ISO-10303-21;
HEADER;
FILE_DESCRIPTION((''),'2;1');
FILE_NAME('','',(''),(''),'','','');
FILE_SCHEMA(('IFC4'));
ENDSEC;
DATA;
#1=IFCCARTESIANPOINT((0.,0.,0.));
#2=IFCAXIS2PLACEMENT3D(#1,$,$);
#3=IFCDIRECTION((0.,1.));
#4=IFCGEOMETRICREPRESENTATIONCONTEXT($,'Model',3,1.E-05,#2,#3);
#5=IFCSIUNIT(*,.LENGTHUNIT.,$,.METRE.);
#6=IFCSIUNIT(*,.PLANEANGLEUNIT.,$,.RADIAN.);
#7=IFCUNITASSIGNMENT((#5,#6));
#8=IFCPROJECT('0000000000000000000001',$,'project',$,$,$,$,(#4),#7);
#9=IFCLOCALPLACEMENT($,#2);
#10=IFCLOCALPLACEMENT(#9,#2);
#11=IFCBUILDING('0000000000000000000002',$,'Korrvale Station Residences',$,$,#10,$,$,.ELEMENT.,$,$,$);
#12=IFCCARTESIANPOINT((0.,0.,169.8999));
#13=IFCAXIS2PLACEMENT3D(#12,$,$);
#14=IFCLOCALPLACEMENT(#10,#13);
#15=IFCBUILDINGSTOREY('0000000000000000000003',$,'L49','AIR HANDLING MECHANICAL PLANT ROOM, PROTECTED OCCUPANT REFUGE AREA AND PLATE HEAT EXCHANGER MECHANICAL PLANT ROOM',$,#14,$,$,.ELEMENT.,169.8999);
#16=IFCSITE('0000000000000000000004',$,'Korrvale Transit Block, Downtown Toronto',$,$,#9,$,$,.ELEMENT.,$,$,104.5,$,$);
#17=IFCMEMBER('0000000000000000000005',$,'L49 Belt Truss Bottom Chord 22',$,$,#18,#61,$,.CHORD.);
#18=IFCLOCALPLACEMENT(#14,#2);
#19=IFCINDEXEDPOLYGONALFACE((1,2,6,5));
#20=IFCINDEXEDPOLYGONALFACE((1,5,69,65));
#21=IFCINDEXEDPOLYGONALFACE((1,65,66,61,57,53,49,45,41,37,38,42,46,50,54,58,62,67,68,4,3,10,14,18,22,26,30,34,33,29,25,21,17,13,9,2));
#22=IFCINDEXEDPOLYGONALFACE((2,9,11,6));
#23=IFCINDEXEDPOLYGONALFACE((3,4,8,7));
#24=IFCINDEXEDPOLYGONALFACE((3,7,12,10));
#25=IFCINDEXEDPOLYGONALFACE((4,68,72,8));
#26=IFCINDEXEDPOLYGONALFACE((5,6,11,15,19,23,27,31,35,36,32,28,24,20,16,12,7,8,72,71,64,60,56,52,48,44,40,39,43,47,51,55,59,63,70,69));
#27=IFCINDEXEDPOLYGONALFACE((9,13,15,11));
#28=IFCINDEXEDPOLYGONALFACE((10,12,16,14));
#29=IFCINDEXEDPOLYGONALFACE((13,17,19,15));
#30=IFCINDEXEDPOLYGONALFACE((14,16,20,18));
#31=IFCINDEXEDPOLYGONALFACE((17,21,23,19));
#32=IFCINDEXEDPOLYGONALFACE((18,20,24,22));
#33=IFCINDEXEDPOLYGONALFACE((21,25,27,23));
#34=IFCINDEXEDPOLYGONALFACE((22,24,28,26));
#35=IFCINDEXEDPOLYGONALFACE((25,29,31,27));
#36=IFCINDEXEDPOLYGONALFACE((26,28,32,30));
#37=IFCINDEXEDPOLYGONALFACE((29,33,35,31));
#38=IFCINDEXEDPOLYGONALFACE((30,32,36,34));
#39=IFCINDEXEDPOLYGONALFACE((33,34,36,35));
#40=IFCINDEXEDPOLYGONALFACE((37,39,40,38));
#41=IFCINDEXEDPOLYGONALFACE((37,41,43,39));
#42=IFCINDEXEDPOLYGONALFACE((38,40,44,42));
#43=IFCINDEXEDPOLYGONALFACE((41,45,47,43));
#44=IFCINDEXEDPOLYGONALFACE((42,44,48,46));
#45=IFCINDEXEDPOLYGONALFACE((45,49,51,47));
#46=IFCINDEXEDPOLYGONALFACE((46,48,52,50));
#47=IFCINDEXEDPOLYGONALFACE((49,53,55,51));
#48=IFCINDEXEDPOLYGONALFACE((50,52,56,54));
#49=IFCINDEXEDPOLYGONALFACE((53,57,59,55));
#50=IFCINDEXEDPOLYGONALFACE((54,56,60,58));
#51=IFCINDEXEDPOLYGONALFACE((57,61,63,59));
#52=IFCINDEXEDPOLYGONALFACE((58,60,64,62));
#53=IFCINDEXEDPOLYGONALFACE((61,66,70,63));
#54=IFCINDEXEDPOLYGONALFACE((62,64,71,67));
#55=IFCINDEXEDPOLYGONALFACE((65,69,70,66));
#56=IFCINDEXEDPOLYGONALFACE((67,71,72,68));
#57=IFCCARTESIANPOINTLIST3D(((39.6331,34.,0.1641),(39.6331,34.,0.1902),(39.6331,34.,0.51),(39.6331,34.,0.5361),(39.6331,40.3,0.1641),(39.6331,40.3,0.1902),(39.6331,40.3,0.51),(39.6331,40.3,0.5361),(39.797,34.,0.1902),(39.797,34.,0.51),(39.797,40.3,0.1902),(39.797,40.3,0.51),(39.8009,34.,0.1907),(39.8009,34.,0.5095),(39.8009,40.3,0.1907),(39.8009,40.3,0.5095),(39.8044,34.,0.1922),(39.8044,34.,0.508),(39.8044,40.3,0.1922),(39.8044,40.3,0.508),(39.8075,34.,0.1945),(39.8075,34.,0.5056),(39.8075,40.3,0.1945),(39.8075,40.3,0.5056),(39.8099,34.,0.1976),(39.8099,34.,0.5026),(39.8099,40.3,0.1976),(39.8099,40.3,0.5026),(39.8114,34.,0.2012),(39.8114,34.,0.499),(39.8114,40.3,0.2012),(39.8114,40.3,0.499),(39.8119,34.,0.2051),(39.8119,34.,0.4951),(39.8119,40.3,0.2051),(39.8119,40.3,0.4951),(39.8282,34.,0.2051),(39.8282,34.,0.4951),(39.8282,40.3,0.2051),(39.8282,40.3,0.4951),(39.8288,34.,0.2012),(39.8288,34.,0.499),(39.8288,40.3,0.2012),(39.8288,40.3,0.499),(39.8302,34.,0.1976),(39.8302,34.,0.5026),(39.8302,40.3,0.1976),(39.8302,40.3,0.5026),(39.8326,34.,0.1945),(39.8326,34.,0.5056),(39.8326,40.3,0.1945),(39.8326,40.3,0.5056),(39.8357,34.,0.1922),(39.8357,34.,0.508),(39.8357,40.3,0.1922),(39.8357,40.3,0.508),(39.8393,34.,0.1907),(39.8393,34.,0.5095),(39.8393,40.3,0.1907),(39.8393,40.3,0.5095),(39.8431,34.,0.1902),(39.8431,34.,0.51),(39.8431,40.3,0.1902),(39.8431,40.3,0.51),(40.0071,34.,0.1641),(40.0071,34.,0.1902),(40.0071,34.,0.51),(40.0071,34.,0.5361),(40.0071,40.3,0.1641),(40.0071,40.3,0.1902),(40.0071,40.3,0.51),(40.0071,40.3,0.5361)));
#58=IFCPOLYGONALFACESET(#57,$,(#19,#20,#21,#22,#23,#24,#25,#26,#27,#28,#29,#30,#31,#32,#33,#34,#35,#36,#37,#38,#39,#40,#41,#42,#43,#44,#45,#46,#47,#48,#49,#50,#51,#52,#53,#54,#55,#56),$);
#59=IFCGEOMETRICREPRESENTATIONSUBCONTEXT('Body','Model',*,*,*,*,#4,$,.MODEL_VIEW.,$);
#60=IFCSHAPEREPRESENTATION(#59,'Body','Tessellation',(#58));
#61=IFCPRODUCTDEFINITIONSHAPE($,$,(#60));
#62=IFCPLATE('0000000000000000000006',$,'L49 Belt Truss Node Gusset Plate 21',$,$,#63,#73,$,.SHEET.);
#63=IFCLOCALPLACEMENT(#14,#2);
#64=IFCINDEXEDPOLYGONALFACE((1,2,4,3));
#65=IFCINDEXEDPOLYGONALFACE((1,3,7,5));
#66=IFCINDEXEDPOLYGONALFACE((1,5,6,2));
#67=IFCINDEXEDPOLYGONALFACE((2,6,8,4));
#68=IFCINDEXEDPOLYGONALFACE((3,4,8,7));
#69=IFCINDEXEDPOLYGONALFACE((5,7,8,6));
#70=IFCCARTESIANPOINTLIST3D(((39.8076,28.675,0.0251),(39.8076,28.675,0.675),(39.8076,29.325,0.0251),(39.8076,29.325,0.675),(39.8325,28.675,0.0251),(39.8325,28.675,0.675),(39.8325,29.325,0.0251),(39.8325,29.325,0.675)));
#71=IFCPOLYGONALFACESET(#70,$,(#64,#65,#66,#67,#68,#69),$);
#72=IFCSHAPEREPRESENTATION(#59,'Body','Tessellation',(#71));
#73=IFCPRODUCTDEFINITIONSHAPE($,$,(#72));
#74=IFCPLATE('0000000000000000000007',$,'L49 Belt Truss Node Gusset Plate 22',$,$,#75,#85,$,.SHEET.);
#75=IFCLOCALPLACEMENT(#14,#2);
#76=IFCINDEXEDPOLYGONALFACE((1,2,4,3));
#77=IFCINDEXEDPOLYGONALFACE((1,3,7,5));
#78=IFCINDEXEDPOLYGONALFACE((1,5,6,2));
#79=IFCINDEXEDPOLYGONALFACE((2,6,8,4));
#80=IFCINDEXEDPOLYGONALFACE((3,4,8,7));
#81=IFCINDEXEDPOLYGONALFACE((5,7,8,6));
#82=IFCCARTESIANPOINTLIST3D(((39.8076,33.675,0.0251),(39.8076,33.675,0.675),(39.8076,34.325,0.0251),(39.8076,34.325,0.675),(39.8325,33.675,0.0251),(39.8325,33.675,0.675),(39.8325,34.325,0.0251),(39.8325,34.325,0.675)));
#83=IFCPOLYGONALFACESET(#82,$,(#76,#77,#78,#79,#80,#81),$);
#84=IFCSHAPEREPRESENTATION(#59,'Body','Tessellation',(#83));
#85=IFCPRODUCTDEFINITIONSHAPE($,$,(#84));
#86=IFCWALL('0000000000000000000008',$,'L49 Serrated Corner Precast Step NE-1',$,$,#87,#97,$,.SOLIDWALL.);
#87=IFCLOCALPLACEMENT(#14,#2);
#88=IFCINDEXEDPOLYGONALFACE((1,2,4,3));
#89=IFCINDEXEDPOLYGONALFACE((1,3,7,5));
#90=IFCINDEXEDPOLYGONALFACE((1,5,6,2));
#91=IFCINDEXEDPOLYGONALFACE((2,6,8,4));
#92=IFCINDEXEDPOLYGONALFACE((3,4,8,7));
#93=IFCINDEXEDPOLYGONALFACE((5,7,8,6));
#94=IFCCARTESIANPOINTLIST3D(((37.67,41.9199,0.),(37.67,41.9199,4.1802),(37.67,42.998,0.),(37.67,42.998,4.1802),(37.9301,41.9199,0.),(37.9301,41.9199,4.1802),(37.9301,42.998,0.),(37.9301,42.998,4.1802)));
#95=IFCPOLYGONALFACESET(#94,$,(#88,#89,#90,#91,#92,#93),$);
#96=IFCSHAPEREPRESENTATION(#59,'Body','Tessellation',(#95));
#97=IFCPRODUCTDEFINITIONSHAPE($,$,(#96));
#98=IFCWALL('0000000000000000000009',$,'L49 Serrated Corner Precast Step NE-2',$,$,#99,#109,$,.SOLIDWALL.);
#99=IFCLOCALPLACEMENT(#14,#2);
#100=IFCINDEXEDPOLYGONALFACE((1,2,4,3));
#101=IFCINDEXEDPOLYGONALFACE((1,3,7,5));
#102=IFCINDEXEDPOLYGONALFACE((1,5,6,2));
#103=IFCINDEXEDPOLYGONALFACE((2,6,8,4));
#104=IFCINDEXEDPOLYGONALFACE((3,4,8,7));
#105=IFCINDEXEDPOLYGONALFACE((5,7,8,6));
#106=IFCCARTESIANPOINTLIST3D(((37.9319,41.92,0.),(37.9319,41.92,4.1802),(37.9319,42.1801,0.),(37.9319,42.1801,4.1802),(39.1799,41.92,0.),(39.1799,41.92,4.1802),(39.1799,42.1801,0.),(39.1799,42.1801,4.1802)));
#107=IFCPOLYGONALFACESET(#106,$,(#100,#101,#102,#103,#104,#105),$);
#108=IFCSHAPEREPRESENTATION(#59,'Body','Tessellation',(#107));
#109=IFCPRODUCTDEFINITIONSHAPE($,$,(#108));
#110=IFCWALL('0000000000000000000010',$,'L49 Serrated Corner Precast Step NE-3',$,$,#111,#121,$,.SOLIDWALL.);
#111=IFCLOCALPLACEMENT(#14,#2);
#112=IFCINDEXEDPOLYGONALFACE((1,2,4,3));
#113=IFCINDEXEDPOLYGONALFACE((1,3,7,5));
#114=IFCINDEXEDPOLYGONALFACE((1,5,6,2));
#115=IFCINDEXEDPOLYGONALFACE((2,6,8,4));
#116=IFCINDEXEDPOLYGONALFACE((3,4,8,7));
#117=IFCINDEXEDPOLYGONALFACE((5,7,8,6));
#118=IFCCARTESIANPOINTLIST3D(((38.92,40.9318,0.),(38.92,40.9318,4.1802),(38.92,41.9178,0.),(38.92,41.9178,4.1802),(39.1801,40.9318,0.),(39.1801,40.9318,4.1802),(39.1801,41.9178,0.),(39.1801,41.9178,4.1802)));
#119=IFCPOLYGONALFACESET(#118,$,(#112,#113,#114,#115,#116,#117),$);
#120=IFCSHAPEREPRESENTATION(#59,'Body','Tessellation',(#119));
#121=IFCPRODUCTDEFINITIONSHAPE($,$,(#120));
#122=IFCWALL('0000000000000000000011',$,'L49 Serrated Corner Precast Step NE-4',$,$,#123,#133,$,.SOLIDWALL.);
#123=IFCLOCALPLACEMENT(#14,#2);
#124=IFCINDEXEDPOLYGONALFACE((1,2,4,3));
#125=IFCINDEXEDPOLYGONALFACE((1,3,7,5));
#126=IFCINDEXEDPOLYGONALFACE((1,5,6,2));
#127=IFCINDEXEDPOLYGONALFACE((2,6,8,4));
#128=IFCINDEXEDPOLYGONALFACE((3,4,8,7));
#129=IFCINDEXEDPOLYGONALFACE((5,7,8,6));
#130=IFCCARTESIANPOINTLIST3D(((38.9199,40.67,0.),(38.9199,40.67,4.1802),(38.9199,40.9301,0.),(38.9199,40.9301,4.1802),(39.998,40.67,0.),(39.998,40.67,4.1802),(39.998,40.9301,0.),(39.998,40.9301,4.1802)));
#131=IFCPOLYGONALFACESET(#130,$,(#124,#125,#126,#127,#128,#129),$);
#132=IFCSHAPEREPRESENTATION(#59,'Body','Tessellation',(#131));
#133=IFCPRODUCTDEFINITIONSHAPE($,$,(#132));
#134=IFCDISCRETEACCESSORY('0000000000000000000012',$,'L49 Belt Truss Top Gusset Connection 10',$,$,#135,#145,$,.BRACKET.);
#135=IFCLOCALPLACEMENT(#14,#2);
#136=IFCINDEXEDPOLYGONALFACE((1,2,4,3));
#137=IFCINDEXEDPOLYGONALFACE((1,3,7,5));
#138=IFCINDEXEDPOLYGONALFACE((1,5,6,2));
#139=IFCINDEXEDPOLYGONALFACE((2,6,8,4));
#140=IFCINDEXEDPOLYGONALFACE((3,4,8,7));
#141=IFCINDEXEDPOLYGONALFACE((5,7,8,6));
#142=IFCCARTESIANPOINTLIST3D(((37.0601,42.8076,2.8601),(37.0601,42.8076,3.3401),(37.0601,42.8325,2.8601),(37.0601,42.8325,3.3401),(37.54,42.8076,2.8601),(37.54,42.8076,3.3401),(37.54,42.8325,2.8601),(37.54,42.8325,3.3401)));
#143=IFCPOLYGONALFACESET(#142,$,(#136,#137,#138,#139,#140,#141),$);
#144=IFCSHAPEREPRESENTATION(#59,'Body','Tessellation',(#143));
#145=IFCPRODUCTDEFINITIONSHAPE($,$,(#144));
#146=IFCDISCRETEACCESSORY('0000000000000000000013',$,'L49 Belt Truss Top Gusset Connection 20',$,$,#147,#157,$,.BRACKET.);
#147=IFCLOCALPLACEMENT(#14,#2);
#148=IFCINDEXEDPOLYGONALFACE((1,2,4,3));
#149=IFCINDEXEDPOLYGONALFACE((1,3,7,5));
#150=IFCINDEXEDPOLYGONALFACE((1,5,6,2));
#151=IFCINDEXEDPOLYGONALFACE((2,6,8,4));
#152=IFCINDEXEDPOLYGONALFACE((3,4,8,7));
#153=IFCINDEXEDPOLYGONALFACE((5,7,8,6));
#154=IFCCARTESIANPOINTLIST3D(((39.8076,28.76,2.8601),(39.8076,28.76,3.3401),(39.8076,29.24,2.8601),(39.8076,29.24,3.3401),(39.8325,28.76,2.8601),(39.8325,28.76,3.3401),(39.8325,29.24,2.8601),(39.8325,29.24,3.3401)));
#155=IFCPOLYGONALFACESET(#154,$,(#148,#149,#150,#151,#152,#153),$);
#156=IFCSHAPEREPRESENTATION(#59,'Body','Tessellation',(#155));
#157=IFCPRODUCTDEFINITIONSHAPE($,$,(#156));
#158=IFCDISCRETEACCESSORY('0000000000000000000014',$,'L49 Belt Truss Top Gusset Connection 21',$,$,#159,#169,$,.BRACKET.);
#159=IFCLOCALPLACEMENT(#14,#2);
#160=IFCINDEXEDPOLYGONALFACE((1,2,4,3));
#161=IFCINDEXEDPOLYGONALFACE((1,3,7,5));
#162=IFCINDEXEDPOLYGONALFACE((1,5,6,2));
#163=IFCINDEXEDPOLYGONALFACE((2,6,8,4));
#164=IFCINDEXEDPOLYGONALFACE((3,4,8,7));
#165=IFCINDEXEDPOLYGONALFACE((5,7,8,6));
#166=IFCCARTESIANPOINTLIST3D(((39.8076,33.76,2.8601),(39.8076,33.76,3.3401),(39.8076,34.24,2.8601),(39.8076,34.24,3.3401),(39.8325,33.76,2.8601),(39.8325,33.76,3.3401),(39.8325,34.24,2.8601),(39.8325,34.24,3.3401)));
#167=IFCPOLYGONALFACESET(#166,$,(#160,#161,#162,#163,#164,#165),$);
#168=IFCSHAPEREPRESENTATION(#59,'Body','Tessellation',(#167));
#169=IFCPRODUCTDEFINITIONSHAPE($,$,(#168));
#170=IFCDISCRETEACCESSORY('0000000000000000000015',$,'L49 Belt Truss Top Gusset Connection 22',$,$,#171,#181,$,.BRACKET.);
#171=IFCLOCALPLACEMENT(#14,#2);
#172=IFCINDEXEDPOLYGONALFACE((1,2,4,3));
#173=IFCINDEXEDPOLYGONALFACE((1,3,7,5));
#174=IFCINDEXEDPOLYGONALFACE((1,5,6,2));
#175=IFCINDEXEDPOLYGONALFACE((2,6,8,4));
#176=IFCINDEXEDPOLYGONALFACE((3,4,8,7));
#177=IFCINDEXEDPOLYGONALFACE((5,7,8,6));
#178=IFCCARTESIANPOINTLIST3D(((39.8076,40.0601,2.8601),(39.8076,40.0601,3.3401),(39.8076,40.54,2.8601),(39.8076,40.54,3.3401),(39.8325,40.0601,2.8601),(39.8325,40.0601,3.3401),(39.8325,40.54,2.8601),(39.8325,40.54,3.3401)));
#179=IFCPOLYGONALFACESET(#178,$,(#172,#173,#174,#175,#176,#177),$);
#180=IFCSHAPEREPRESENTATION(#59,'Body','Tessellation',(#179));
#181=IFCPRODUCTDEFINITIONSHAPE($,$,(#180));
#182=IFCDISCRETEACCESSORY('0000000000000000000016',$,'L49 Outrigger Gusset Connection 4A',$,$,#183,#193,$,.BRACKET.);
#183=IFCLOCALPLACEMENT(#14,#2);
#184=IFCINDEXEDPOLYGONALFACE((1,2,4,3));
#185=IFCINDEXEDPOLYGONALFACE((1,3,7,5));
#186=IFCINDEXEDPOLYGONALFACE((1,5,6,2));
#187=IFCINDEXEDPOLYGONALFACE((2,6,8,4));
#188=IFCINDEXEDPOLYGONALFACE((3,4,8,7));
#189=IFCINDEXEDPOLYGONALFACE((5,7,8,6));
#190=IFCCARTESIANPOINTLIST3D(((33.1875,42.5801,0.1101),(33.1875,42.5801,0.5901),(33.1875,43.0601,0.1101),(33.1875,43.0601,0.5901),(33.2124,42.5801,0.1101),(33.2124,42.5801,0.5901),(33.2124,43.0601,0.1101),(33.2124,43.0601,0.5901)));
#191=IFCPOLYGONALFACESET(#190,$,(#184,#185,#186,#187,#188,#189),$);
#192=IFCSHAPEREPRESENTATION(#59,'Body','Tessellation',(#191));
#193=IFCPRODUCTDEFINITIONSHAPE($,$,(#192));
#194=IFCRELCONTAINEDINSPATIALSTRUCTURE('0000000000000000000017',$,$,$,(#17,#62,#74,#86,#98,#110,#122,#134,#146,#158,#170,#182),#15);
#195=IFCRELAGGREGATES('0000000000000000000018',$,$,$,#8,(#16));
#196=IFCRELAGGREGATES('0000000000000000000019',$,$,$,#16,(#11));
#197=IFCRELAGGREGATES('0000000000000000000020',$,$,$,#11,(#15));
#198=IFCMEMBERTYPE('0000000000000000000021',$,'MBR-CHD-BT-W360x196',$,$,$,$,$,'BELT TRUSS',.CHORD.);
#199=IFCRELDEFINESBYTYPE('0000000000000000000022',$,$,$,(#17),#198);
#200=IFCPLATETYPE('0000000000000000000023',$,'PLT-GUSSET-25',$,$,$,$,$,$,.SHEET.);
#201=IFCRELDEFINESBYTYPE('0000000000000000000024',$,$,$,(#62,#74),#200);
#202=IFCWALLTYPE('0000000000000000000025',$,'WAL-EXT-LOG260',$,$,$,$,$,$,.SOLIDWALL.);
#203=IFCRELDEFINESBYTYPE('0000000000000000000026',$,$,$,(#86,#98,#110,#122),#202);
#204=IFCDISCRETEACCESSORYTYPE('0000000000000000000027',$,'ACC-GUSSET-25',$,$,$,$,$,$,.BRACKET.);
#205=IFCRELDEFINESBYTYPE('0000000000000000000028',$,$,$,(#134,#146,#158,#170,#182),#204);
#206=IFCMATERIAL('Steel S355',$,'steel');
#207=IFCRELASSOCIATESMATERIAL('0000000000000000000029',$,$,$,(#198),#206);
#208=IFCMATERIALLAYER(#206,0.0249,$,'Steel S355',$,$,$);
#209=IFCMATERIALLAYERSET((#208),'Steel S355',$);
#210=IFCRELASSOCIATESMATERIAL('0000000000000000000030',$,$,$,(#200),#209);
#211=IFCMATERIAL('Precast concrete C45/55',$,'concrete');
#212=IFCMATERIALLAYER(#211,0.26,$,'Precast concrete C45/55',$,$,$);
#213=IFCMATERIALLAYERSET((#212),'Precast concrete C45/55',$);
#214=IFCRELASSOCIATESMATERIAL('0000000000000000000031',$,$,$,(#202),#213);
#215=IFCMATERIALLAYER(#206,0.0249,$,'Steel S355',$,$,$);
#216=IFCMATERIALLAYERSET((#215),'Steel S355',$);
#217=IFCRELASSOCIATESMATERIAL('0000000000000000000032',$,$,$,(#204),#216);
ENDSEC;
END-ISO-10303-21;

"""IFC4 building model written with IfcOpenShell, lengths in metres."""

from ifc_helpers import new_model, si_unit, direction, frame, frame_2d, origin, origin_2d, place, context, subcontext, project, spatial, rectangle, i_section, extrude, material, layer, layer_set, material_profile, profile_set, type_object, element, save


model = new_model("IFC4")

# Units and contexts
model_context = context("Model", 3, precision=1e-05, world=origin(), true_north=direction((0.0, 1.0)))
body_context = subcontext(model_context, "Body", "Model", "MODEL_VIEW")
ifc_project = project(units=[si_unit("LENGTHUNIT", "METRE"), si_unit("PLANEANGLEUNIT", "RADIAN")], contexts=[model_context])

# Site, building, storey
site_placement = place(None, origin())
site = spatial("IfcSite", under=ifc_project, at=site_placement, Name="Korrvale Transit Block, Downtown Toronto", CompositionType="ELEMENT", RefElevation=104.5)
building_placement = place(site_placement, origin())
building = spatial("IfcBuilding", under=site, at=building_placement, Name="Korrvale Station Residences", CompositionType="ELEMENT")
storey_placement = place(building_placement, frame((0.0, 0.0, 169.8999)))
storey = spatial("IfcBuildingStorey", under=building, at=storey_placement, Name="L49", Description="AIR HANDLING MECHANICAL PLANT ROOM, PROTECTED OCCUPANT REFUGE AREA AND PLATE HEAT EXCHANGER MECHANICAL PLANT ROOM", CompositionType="ELEMENT", Elevation=169.8999)

# Member
ifc_material_1 = material(Name="Steel S355", Category="steel")
ifc_material_profile_1 = material_profile(ifc_material_1, i_section(OverallWidth=0.374, OverallDepth=0.3721, WebThickness=0.0164, FlangeThickness=0.0261, FilletRadius=0.0149, at=origin_2d()), Name="W360x196")
ifc_profile_set_1 = profile_set([ifc_material_profile_1], Name="Steel S355")
member_type_1 = type_object("IfcMemberType", Name="MBR-CHD-BT-W360x196", ElementType="BELT TRUSS", PredefinedType="CHORD", material=ifc_profile_set_1)
member_1_placement = place(storey_placement, frame((39.8201, 34.0, 0.3501), z_axis=(0.0, 1.0, 0.0), x_axis=(-1.0, 0.0, 0.0)))
element("IfcMember", 1, at=member_1_placement, inside=storey, type_object=member_type_1, Name="L49 Belt Truss Bottom Chord 22", PredefinedType="CHORD", context=body_context, shape_type="SweptSolid", body=[
    extrude(i_section(OverallWidth=0.374, OverallDepth=0.3721, WebThickness=0.0164, FlangeThickness=0.0261, FilletRadius=0.0149, at=origin_2d()), origin(), (0.0, 0.0, 1.0), 6.3),
])

# Plates
ifc_layer_1 = layer(ifc_material_1, 0.0249, Name="Steel S355")
ifc_layer_set_1 = layer_set([ifc_layer_1], Name="Steel S355")
plate_type = type_object("IfcPlateType", Name="PLT-GUSSET-25", PredefinedType="SHEET", material=ifc_layer_set_1)
for number, where, z_axis, x_axis, name in (
    (2, (39.8201, 29.0, 0.0251), (0.0, 0.0, 1.0), (0.0, 1.0, 0.0), "L49 Belt Truss Node Gusset Plate 21"),
    (3, (39.8201, 34.0, 0.0251), (0.0, 0.0, 1.0), (0.0, 1.0, 0.0), "L49 Belt Truss Node Gusset Plate 22"),
):
    element("IfcPlate", number, at=place(storey_placement, frame(where, z_axis=z_axis, x_axis=x_axis)), inside=storey, type_object=plate_type, Name=name, PredefinedType="SHEET", context=body_context, shape_type="SweptSolid", body=[
        extrude(rectangle(XDim=0.6499, YDim=0.0249, at=origin_2d()), origin(), (0.0, 0.0, 1.0), 0.6499),
    ])

# Walls
ifc_material_2 = material(Name="Precast concrete C45/55", Category="concrete")
ifc_layer_2 = layer(ifc_material_2, 0.26, Name="Precast concrete C45/55")
ifc_layer_set_2 = layer_set([ifc_layer_2], Name="Precast concrete C45/55")
wall_type = type_object("IfcWallType", Name="WAL-EXT-LOG260", PredefinedType="SOLIDWALL", material=ifc_layer_set_2)
wall_1_placement = place(storey_placement, frame((37.8, 42.998, 0.0), z_axis=(0.0, 0.0, 1.0), x_axis=(0.0, -1.0, 0.0)))
element("IfcWall", 4, at=wall_1_placement, inside=storey, type_object=wall_type, Name="L49 Serrated Corner Precast Step NE-1", PredefinedType="SOLIDWALL", context=body_context, shape_type="SweptSolid", body=[
    extrude(rectangle(XDim=1.0781, YDim=0.26, at=frame_2d((0.5391, 0.0))), origin(), (0.0, 0.0, 1.0), 4.1802),
])
wall_2_placement = place(storey_placement, frame((37.9319, 42.05, 0.0), z_axis=(0.0, 0.0, 1.0), x_axis=(1.0, 0.0, 0.0)))
element("IfcWall", 5, at=wall_2_placement, inside=storey, type_object=wall_type, Name="L49 Serrated Corner Precast Step NE-2", PredefinedType="SOLIDWALL", context=body_context, shape_type="SweptSolid", body=[
    extrude(rectangle(XDim=1.248, YDim=0.26, at=frame_2d((0.624, 0.0))), origin(), (0.0, 0.0, 1.0), 4.1802),
])
wall_3_placement = place(storey_placement, frame((39.05, 41.918, 0.0), z_axis=(0.0, 0.0, 1.0), x_axis=(0.0, -1.0, 0.0)))
element("IfcWall", 6, at=wall_3_placement, inside=storey, type_object=wall_type, Name="L49 Serrated Corner Precast Step NE-3", PredefinedType="SOLIDWALL", context=body_context, shape_type="SweptSolid", body=[
    extrude(rectangle(XDim=0.9861, YDim=0.26, at=frame_2d((0.4932, 0.0))), origin(), (0.0, 0.0, 1.0), 4.1802),
])
wall_4_placement = place(storey_placement, frame((38.9199, 40.8, 0.0), z_axis=(0.0, 0.0, 1.0), x_axis=(1.0, 0.0, 0.0)))
element("IfcWall", 7, at=wall_4_placement, inside=storey, type_object=wall_type, Name="L49 Serrated Corner Precast Step NE-4", PredefinedType="SOLIDWALL", context=body_context, shape_type="SweptSolid", body=[
    extrude(rectangle(XDim=1.0781, YDim=0.26, at=frame_2d((0.5391, 0.0))), origin(), (0.0, 0.0, 1.0), 4.1802),
])

# Discrete accessories
ifc_layer_3 = layer(ifc_material_1, 0.0249, Name="Steel S355")
ifc_layer_set_3 = layer_set([ifc_layer_3], Name="Steel S355")
discrete_accessory_type = type_object("IfcDiscreteAccessoryType", Name="ACC-GUSSET-25", PredefinedType="BRACKET", material=ifc_layer_set_3)
for number, where, z_axis, x_axis, name in (
    (8, (37.3, 42.8201, 2.8601), (0.0, 0.0, 1.0), (1.0, 0.0, 0.0), "L49 Belt Truss Top Gusset Connection 10"),
    (9, (39.8201, 29.0, 2.8601), (0.0, 0.0, 1.0), (0.0, 1.0, 0.0), "L49 Belt Truss Top Gusset Connection 20"),
    (10, (39.8201, 34.0, 2.8601), (0.0, 0.0, 1.0), (0.0, 1.0, 0.0), "L49 Belt Truss Top Gusset Connection 21"),
    (11, (39.8201, 40.3, 2.8601), (0.0, 0.0, 1.0), (0.0, 1.0, 0.0), "L49 Belt Truss Top Gusset Connection 22"),
    (12, (33.2, 42.8201, 0.1101), (0.0, 0.0, 1.0), (0.0, 1.0, 0.0), "L49 Outrigger Gusset Connection 4A"),
):
    element("IfcDiscreteAccessory", number, at=place(storey_placement, frame(where, z_axis=z_axis, x_axis=x_axis)), inside=storey, type_object=discrete_accessory_type, Name=name, PredefinedType="BRACKET", context=body_context, shape_type="SweptSolid", body=[
        extrude(rectangle(XDim=0.48, YDim=0.0249, at=origin_2d()), origin(), (0.0, 0.0, 1.0), 0.48),
    ])

save(model, "model.ifc")
